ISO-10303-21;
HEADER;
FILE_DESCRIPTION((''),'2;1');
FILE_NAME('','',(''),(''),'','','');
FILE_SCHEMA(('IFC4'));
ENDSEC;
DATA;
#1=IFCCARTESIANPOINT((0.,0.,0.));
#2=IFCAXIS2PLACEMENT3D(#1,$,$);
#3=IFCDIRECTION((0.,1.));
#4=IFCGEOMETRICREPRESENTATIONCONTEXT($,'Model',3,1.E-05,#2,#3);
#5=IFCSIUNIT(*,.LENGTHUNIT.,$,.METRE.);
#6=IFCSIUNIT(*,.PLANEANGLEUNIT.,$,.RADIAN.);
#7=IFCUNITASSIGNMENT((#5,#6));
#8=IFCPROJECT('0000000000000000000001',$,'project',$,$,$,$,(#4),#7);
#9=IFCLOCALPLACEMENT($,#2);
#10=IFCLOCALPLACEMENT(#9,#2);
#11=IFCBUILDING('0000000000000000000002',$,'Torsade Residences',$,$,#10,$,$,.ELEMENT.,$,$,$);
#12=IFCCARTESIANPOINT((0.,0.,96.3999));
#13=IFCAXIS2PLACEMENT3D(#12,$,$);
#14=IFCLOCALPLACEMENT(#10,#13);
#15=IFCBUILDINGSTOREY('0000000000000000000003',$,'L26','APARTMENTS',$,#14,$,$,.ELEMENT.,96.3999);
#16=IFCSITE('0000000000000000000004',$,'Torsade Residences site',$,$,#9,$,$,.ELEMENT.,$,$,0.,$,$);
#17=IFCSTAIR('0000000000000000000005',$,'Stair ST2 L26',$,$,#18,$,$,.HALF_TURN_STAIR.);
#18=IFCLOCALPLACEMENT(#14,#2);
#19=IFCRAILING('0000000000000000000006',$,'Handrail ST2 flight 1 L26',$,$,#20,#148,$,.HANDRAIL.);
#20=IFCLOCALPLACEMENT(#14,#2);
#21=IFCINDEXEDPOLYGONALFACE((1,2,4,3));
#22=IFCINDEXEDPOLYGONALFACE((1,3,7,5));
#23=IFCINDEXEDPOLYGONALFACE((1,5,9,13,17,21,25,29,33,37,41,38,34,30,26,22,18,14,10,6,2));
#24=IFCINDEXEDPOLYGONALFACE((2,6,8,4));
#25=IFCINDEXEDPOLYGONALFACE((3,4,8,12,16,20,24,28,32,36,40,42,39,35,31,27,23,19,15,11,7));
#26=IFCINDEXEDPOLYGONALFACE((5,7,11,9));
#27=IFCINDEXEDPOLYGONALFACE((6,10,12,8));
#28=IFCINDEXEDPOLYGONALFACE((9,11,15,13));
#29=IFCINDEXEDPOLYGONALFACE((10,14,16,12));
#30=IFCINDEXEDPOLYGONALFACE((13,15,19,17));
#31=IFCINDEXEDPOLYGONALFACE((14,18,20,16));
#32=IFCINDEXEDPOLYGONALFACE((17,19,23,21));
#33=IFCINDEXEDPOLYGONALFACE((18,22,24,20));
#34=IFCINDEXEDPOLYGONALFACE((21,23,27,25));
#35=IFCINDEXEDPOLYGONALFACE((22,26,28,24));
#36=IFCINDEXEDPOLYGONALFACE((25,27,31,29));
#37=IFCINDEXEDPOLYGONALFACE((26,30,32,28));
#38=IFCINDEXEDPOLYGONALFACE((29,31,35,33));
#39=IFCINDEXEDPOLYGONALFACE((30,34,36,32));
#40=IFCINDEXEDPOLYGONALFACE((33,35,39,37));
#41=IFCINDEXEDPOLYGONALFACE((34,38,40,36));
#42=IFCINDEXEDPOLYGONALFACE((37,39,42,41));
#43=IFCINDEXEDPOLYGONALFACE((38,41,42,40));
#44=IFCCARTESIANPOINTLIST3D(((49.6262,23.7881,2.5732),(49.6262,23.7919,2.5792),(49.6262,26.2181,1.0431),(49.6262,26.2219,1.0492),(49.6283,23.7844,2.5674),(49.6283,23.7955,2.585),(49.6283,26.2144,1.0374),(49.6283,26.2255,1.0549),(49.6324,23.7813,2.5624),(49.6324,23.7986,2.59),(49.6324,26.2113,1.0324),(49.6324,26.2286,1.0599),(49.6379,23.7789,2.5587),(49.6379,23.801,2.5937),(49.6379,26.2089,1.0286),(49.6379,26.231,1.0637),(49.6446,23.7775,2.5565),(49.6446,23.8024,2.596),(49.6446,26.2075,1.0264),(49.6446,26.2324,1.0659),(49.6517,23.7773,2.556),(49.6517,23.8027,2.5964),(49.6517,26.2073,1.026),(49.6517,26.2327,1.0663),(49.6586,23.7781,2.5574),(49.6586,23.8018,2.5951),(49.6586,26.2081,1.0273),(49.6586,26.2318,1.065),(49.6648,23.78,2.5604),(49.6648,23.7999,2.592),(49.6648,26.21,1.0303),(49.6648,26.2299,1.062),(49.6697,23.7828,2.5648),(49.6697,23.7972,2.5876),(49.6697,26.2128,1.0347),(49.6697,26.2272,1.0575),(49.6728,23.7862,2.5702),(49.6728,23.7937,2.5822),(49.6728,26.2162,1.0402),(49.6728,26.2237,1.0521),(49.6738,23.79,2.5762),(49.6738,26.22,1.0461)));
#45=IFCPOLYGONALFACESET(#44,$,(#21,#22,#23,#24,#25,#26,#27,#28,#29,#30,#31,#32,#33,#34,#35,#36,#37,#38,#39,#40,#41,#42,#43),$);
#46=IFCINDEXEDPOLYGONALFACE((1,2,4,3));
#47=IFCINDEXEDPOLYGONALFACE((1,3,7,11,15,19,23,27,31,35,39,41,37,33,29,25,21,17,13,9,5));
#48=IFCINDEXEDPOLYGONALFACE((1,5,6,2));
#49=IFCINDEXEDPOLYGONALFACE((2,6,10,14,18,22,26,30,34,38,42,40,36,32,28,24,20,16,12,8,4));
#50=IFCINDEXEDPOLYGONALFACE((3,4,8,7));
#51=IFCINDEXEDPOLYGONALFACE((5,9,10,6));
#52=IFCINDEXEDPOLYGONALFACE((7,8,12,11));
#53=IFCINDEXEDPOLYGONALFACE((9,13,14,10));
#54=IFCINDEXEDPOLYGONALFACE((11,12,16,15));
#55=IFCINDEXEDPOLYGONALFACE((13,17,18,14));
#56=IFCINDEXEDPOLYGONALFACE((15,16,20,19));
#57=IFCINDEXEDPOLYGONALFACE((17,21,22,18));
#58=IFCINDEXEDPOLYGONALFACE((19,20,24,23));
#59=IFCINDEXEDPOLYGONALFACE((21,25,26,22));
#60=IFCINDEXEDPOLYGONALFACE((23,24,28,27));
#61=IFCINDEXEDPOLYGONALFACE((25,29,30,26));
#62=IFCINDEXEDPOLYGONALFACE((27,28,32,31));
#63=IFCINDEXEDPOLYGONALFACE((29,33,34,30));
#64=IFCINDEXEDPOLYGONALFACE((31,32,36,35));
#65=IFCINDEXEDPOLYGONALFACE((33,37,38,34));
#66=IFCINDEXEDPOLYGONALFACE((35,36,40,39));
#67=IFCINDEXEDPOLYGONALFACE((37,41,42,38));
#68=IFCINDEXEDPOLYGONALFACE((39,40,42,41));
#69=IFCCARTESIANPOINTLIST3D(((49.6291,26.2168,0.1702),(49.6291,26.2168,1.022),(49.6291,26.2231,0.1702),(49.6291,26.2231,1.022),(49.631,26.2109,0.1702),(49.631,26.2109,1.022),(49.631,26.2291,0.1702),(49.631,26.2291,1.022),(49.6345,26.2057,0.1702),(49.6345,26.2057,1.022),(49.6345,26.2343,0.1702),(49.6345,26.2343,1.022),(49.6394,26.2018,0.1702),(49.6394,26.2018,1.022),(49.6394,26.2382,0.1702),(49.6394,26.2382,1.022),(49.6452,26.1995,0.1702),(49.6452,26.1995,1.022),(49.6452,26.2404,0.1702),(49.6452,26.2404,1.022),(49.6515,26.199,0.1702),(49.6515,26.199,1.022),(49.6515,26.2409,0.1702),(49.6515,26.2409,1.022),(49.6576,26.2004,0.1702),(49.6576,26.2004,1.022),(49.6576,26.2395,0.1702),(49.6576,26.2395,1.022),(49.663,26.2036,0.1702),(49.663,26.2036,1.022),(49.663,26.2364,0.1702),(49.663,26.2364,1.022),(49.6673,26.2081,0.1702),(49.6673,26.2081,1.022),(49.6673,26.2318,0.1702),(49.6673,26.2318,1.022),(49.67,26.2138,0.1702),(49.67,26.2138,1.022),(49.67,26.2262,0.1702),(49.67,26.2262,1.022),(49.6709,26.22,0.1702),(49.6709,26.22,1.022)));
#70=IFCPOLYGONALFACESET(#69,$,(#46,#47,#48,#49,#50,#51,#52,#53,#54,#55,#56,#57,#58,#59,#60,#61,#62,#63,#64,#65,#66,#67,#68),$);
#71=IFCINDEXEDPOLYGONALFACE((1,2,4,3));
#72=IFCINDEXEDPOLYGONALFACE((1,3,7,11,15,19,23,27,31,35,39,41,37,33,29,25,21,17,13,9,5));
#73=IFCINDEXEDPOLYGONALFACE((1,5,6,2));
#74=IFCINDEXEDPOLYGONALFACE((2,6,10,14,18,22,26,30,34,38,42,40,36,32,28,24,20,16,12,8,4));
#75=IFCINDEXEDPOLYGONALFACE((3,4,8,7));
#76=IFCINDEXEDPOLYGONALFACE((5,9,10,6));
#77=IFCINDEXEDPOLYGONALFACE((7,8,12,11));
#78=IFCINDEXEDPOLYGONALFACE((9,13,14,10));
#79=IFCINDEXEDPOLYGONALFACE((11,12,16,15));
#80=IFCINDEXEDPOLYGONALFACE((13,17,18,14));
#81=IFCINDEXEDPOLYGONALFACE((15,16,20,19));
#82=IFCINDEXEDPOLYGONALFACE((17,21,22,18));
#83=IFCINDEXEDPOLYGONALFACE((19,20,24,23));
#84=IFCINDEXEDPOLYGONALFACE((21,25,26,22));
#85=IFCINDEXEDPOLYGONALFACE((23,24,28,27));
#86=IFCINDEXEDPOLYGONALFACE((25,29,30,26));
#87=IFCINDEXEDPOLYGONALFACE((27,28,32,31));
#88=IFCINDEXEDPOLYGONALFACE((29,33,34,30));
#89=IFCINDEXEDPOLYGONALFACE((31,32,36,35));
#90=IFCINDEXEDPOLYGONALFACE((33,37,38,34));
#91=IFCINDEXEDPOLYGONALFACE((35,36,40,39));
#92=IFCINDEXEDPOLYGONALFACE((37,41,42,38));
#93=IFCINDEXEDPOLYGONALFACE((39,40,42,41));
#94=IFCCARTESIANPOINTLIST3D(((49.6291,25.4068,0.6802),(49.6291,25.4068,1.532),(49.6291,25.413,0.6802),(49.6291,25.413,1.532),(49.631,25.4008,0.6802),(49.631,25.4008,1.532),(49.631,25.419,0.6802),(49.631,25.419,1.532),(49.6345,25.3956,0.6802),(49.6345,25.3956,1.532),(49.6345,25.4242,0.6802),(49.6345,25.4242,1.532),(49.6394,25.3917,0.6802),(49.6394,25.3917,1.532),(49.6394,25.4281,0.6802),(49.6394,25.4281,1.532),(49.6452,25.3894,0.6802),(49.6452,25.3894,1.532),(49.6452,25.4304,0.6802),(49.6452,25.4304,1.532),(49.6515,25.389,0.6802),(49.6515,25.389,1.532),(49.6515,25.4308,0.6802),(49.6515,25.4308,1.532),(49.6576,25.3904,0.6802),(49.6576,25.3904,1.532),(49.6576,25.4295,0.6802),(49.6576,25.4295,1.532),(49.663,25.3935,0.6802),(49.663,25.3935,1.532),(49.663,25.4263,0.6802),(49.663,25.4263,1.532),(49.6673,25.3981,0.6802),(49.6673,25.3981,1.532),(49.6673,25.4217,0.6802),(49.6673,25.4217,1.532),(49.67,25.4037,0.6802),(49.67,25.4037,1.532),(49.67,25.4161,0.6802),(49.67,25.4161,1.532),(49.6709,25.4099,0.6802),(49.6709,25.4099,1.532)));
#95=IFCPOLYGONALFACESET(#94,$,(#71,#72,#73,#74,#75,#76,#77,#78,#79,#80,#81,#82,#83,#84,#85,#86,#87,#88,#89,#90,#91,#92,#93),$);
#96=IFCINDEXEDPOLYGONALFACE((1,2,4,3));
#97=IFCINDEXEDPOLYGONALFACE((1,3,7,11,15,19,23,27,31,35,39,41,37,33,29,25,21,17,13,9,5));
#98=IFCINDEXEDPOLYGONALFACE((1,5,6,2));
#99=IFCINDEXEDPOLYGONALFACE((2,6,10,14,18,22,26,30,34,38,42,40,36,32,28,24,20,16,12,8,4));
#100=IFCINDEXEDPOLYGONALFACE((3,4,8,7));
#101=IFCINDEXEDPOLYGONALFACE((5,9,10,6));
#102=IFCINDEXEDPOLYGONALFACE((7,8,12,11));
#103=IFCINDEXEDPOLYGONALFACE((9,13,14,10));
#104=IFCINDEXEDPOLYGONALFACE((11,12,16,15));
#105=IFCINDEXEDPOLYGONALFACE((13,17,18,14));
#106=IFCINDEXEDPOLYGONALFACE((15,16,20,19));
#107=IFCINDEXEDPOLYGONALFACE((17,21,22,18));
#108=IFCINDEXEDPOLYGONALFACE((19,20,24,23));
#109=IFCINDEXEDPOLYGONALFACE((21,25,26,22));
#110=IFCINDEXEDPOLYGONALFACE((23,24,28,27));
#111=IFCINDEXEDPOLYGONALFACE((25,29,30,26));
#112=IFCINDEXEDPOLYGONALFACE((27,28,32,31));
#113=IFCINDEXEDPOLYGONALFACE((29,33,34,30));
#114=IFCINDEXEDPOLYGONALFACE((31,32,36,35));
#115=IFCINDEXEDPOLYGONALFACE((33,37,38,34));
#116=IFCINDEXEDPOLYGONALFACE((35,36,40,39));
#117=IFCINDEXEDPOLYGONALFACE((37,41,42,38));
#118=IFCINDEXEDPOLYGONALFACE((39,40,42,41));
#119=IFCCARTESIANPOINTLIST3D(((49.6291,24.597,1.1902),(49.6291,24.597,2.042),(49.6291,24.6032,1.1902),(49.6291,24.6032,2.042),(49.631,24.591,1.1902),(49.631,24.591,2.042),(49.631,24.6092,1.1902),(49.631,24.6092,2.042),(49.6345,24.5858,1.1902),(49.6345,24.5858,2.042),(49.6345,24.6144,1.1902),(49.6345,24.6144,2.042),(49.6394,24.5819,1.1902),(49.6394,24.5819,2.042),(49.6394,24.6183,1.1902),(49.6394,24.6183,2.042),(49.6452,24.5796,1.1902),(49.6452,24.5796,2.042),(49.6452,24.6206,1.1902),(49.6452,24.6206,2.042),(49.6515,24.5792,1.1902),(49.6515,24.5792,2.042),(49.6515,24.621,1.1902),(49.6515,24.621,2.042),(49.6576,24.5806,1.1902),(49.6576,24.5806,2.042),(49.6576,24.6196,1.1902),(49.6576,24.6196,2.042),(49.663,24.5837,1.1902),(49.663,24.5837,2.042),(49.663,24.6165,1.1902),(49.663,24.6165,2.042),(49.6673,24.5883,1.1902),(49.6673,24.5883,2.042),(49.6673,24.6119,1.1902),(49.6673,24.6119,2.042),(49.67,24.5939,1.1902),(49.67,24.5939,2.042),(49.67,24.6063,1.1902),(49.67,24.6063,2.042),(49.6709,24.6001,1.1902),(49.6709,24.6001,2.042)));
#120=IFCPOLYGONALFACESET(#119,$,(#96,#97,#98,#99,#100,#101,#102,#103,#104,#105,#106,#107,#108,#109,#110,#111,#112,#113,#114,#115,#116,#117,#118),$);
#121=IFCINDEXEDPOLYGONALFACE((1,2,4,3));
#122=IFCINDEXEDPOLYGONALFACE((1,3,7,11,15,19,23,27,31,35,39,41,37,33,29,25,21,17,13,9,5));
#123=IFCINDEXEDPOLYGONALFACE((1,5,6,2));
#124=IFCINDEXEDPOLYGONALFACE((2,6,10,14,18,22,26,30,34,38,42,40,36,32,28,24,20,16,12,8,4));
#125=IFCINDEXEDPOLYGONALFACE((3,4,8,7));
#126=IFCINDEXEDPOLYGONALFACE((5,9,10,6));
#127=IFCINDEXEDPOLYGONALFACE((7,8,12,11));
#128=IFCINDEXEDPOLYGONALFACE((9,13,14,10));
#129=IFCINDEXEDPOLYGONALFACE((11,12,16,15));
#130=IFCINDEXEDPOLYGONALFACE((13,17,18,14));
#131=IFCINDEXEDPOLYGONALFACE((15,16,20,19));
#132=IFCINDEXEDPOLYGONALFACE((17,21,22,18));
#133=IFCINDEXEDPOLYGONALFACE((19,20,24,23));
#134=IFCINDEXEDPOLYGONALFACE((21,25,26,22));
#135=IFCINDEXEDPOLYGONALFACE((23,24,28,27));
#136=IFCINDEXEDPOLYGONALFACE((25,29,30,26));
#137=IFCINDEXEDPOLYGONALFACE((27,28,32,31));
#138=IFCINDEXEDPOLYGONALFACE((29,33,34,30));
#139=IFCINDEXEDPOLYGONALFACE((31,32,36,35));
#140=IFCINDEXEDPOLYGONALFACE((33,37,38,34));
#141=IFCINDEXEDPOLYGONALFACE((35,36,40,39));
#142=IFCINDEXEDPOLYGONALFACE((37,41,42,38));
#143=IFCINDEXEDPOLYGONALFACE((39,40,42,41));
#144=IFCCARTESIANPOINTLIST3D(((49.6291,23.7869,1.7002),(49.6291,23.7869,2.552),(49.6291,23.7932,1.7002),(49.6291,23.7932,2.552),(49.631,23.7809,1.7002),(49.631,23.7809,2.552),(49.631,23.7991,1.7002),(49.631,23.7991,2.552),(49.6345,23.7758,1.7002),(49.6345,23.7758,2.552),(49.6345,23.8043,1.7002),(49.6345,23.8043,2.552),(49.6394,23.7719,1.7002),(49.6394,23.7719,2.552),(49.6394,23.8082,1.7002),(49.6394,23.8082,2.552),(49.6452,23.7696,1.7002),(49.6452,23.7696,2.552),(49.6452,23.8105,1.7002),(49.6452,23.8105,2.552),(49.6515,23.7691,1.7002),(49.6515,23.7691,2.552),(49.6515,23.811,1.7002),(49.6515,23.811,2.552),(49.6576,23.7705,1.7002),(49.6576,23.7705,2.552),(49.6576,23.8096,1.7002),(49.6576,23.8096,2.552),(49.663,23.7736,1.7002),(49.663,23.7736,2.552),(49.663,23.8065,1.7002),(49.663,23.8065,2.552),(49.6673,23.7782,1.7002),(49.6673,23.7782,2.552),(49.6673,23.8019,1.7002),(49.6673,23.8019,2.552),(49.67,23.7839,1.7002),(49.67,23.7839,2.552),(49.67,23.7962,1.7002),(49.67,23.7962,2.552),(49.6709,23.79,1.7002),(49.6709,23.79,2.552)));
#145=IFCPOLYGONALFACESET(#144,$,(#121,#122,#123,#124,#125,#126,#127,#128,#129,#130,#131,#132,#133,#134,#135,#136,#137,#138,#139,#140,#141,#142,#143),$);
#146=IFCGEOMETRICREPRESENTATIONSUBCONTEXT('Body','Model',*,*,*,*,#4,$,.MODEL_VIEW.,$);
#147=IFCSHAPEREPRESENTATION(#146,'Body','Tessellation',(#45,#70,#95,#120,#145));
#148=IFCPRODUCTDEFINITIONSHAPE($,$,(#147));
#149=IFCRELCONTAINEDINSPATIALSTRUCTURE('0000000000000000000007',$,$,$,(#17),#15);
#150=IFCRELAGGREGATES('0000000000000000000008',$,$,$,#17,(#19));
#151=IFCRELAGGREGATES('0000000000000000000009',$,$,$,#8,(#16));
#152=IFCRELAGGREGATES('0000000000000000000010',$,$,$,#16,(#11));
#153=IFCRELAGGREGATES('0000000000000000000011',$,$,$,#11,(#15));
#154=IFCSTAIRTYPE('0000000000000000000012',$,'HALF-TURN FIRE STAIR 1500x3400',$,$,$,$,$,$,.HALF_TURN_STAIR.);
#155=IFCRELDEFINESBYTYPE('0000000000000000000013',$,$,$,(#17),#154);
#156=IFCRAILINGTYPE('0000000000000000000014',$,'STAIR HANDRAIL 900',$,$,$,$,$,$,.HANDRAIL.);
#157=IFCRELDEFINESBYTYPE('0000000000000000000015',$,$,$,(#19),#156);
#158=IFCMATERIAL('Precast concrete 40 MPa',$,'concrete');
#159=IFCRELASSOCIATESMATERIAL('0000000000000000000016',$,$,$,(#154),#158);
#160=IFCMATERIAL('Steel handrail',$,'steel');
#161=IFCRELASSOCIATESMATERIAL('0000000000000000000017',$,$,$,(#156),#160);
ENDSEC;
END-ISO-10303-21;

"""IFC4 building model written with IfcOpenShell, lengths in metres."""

from ifc_helpers import new_model, si_unit, direction, frame, origin, origin_2d, place, context, subcontext, project, spatial, circle, extrude, material, type_object, element, aggregate, save


model = new_model("IFC4")

# Units and contexts
model_context = context("Model", 3, precision=1e-05, world=origin(), true_north=direction((0.0, 1.0)))
body_context = subcontext(model_context, "Body", "Model", "MODEL_VIEW")
ifc_project = project(units=[si_unit("LENGTHUNIT", "METRE"), si_unit("PLANEANGLEUNIT", "RADIAN")], contexts=[model_context])

# Site, building, storey
site_placement = place(None, origin())
site = spatial("IfcSite", under=ifc_project, at=site_placement, Name="Torsade Residences site", CompositionType="ELEMENT", RefElevation=0.0)
building_placement = place(site_placement, origin())
building = spatial("IfcBuilding", under=site, at=building_placement, Name="Torsade Residences", CompositionType="ELEMENT")
storey_placement = place(building_placement, frame((0.0, 0.0, 96.3999)))
storey = spatial("IfcBuildingStorey", under=building, at=storey_placement, Name="L26", Description="APARTMENTS", CompositionType="ELEMENT", Elevation=96.3999)

# Stair, railing
ifc_material_1 = material(Name="Precast concrete 40 MPa", Category="concrete")
stair_type = type_object("IfcStairType", Name="HALF-TURN FIRE STAIR 1500x3400", PredefinedType="HALF_TURN_STAIR", material=ifc_material_1)
stair_placement = place(storey_placement, origin())
stair = element("IfcStair", 1, at=stair_placement, inside=storey, type_object=stair_type, Name="Stair ST2 L26", PredefinedType="HALF_TURN_STAIR")
ifc_material_2 = material(Name="Steel handrail", Category="steel")
railing_type = type_object("IfcRailingType", Name="STAIR HANDRAIL 900", PredefinedType="HANDRAIL", material=ifc_material_2)
railing_1_placement = place(storey_placement, frame((49.6499, 26.22, 0.1702)))
railing_1 = element("IfcRailing", 2, at=railing_1_placement, type_object=railing_type, Name="Handrail ST2 flight 1 L26", PredefinedType="HANDRAIL", context=body_context, shape_type="SweptSolid", body=[
    extrude(circle(Radius=0.0239, at=origin_2d()), frame((0.0, 0.0, 0.876), z_axis=(0.0, -0.846221, 0.532831), x_axis=(1.0, 0.0, 0.0)), (0.0, 0.0, 1.0), 2.8716),
    extrude(circle(Radius=0.021, at=origin_2d()), origin(), (0.0, 0.0, 1.0), 0.8518),
    extrude(circle(Radius=0.021, at=origin_2d()), frame((0.0, -0.8101, 0.51)), (0.0, 0.0, 1.0), 0.8518),
    extrude(circle(Radius=0.021, at=origin_2d()), frame((0.0, -1.6199, 1.02)), (0.0, 0.0, 1.0), 0.8518),
    extrude(circle(Radius=0.021, at=origin_2d()), frame((0.0, -2.4299, 1.53)), (0.0, 0.0, 1.0), 0.8518),
])
aggregate(stair, [railing_1])

save(model, "model.ifc")
